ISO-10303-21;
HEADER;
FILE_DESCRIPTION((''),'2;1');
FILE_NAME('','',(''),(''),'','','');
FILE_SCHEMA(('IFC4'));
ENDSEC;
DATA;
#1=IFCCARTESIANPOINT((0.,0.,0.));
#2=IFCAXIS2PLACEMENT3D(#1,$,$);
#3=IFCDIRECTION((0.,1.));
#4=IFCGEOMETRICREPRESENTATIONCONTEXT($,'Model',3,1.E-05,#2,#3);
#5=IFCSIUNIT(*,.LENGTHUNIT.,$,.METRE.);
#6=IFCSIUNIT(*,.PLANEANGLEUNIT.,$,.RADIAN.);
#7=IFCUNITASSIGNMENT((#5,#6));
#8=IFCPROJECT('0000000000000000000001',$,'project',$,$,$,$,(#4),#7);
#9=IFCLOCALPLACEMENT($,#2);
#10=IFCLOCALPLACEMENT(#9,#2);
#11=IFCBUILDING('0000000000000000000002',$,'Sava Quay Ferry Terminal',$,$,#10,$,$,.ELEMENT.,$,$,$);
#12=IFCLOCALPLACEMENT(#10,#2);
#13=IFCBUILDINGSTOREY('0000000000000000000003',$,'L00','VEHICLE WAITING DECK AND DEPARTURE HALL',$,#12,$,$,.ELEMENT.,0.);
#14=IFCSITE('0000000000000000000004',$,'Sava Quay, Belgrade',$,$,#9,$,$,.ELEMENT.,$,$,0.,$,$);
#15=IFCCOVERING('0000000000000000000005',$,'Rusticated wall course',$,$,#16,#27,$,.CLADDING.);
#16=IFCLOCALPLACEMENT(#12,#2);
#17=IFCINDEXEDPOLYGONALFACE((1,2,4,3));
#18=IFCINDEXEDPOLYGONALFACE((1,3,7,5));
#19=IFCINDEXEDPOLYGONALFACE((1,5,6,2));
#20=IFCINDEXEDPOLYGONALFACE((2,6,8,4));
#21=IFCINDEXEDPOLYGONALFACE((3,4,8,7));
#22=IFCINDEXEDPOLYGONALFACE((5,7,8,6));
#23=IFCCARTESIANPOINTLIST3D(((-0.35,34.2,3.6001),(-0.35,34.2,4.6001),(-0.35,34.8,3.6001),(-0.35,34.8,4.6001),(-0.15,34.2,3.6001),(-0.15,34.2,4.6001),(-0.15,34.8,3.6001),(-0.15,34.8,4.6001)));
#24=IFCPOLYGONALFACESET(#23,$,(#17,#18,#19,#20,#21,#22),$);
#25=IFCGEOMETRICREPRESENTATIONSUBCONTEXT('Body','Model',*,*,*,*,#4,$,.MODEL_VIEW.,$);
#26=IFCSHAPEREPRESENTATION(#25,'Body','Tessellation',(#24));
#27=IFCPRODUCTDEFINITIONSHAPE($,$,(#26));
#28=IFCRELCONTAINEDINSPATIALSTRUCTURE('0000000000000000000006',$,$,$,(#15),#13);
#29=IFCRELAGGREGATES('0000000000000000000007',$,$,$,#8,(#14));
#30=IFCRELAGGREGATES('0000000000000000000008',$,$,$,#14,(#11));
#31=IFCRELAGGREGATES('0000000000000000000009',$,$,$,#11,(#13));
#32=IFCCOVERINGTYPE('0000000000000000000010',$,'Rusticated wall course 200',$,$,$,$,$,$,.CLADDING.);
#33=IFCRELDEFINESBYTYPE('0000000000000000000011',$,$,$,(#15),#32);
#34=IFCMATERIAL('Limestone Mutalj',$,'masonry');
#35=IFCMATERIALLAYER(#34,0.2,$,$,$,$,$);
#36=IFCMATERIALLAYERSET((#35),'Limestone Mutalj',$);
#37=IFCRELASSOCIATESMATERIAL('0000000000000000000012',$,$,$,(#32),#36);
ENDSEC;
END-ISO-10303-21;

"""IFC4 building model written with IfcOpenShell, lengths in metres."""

from ifc_helpers import new_model, si_unit, direction, frame, origin, origin_2d, place, context, subcontext, project, spatial, rectangle, extrude, material, layer, layer_set, type_object, element, save


model = new_model("IFC4")

# Units and contexts
model_context = context("Model", 3, precision=1e-05, world=origin(), true_north=direction((0.0, 1.0)))
body_context = subcontext(model_context, "Body", "Model", "MODEL_VIEW")
ifc_project = project(units=[si_unit("LENGTHUNIT", "METRE"), si_unit("PLANEANGLEUNIT", "RADIAN")], contexts=[model_context])

# Site, building, storey
site_placement = place(None, origin())
site = spatial("IfcSite", under=ifc_project, at=site_placement, Name="Sava Quay, Belgrade", CompositionType="ELEMENT", RefElevation=0.0)
building_placement = place(site_placement, origin())
building = spatial("IfcBuilding", under=site, at=building_placement, Name="Sava Quay Ferry Terminal", CompositionType="ELEMENT")
storey_placement = place(building_placement, origin())
storey = spatial("IfcBuildingStorey", under=building, at=storey_placement, Name="L00", Description="VEHICLE WAITING DECK AND DEPARTURE HALL", CompositionType="ELEMENT", Elevation=0.0)

# Covering
ifc_material_1 = material(Name="Limestone Mutalj", Category="masonry")
ifc_layer_1 = layer(ifc_material_1, 0.2)
ifc_layer_set_1 = layer_set([ifc_layer_1], Name="Limestone Mutalj")
covering_type_1 = type_object("IfcCoveringType", Name="Rusticated wall course 200", PredefinedType="CLADDING", material=ifc_layer_set_1)
for number, where, z_axis, x_axis, name in (
    (1, (-0.25, 34.5, 3.6001), (0.0, 0.0, 1.0), (1.0, 0.0, 0.0), "Rusticated wall course"),
):
    element("IfcCovering", number, at=place(storey_placement, frame(where, z_axis=z_axis, x_axis=x_axis)), inside=storey, type_object=covering_type_1, Name=name, PredefinedType="CLADDING", context=body_context, shape_type="SweptSolid", body=[
        extrude(rectangle(XDim=0.2, YDim=0.6001, at=origin_2d()), origin(), (0.0, 0.0, 1.0), 1.0),
    ])

save(model, "model.ifc")
